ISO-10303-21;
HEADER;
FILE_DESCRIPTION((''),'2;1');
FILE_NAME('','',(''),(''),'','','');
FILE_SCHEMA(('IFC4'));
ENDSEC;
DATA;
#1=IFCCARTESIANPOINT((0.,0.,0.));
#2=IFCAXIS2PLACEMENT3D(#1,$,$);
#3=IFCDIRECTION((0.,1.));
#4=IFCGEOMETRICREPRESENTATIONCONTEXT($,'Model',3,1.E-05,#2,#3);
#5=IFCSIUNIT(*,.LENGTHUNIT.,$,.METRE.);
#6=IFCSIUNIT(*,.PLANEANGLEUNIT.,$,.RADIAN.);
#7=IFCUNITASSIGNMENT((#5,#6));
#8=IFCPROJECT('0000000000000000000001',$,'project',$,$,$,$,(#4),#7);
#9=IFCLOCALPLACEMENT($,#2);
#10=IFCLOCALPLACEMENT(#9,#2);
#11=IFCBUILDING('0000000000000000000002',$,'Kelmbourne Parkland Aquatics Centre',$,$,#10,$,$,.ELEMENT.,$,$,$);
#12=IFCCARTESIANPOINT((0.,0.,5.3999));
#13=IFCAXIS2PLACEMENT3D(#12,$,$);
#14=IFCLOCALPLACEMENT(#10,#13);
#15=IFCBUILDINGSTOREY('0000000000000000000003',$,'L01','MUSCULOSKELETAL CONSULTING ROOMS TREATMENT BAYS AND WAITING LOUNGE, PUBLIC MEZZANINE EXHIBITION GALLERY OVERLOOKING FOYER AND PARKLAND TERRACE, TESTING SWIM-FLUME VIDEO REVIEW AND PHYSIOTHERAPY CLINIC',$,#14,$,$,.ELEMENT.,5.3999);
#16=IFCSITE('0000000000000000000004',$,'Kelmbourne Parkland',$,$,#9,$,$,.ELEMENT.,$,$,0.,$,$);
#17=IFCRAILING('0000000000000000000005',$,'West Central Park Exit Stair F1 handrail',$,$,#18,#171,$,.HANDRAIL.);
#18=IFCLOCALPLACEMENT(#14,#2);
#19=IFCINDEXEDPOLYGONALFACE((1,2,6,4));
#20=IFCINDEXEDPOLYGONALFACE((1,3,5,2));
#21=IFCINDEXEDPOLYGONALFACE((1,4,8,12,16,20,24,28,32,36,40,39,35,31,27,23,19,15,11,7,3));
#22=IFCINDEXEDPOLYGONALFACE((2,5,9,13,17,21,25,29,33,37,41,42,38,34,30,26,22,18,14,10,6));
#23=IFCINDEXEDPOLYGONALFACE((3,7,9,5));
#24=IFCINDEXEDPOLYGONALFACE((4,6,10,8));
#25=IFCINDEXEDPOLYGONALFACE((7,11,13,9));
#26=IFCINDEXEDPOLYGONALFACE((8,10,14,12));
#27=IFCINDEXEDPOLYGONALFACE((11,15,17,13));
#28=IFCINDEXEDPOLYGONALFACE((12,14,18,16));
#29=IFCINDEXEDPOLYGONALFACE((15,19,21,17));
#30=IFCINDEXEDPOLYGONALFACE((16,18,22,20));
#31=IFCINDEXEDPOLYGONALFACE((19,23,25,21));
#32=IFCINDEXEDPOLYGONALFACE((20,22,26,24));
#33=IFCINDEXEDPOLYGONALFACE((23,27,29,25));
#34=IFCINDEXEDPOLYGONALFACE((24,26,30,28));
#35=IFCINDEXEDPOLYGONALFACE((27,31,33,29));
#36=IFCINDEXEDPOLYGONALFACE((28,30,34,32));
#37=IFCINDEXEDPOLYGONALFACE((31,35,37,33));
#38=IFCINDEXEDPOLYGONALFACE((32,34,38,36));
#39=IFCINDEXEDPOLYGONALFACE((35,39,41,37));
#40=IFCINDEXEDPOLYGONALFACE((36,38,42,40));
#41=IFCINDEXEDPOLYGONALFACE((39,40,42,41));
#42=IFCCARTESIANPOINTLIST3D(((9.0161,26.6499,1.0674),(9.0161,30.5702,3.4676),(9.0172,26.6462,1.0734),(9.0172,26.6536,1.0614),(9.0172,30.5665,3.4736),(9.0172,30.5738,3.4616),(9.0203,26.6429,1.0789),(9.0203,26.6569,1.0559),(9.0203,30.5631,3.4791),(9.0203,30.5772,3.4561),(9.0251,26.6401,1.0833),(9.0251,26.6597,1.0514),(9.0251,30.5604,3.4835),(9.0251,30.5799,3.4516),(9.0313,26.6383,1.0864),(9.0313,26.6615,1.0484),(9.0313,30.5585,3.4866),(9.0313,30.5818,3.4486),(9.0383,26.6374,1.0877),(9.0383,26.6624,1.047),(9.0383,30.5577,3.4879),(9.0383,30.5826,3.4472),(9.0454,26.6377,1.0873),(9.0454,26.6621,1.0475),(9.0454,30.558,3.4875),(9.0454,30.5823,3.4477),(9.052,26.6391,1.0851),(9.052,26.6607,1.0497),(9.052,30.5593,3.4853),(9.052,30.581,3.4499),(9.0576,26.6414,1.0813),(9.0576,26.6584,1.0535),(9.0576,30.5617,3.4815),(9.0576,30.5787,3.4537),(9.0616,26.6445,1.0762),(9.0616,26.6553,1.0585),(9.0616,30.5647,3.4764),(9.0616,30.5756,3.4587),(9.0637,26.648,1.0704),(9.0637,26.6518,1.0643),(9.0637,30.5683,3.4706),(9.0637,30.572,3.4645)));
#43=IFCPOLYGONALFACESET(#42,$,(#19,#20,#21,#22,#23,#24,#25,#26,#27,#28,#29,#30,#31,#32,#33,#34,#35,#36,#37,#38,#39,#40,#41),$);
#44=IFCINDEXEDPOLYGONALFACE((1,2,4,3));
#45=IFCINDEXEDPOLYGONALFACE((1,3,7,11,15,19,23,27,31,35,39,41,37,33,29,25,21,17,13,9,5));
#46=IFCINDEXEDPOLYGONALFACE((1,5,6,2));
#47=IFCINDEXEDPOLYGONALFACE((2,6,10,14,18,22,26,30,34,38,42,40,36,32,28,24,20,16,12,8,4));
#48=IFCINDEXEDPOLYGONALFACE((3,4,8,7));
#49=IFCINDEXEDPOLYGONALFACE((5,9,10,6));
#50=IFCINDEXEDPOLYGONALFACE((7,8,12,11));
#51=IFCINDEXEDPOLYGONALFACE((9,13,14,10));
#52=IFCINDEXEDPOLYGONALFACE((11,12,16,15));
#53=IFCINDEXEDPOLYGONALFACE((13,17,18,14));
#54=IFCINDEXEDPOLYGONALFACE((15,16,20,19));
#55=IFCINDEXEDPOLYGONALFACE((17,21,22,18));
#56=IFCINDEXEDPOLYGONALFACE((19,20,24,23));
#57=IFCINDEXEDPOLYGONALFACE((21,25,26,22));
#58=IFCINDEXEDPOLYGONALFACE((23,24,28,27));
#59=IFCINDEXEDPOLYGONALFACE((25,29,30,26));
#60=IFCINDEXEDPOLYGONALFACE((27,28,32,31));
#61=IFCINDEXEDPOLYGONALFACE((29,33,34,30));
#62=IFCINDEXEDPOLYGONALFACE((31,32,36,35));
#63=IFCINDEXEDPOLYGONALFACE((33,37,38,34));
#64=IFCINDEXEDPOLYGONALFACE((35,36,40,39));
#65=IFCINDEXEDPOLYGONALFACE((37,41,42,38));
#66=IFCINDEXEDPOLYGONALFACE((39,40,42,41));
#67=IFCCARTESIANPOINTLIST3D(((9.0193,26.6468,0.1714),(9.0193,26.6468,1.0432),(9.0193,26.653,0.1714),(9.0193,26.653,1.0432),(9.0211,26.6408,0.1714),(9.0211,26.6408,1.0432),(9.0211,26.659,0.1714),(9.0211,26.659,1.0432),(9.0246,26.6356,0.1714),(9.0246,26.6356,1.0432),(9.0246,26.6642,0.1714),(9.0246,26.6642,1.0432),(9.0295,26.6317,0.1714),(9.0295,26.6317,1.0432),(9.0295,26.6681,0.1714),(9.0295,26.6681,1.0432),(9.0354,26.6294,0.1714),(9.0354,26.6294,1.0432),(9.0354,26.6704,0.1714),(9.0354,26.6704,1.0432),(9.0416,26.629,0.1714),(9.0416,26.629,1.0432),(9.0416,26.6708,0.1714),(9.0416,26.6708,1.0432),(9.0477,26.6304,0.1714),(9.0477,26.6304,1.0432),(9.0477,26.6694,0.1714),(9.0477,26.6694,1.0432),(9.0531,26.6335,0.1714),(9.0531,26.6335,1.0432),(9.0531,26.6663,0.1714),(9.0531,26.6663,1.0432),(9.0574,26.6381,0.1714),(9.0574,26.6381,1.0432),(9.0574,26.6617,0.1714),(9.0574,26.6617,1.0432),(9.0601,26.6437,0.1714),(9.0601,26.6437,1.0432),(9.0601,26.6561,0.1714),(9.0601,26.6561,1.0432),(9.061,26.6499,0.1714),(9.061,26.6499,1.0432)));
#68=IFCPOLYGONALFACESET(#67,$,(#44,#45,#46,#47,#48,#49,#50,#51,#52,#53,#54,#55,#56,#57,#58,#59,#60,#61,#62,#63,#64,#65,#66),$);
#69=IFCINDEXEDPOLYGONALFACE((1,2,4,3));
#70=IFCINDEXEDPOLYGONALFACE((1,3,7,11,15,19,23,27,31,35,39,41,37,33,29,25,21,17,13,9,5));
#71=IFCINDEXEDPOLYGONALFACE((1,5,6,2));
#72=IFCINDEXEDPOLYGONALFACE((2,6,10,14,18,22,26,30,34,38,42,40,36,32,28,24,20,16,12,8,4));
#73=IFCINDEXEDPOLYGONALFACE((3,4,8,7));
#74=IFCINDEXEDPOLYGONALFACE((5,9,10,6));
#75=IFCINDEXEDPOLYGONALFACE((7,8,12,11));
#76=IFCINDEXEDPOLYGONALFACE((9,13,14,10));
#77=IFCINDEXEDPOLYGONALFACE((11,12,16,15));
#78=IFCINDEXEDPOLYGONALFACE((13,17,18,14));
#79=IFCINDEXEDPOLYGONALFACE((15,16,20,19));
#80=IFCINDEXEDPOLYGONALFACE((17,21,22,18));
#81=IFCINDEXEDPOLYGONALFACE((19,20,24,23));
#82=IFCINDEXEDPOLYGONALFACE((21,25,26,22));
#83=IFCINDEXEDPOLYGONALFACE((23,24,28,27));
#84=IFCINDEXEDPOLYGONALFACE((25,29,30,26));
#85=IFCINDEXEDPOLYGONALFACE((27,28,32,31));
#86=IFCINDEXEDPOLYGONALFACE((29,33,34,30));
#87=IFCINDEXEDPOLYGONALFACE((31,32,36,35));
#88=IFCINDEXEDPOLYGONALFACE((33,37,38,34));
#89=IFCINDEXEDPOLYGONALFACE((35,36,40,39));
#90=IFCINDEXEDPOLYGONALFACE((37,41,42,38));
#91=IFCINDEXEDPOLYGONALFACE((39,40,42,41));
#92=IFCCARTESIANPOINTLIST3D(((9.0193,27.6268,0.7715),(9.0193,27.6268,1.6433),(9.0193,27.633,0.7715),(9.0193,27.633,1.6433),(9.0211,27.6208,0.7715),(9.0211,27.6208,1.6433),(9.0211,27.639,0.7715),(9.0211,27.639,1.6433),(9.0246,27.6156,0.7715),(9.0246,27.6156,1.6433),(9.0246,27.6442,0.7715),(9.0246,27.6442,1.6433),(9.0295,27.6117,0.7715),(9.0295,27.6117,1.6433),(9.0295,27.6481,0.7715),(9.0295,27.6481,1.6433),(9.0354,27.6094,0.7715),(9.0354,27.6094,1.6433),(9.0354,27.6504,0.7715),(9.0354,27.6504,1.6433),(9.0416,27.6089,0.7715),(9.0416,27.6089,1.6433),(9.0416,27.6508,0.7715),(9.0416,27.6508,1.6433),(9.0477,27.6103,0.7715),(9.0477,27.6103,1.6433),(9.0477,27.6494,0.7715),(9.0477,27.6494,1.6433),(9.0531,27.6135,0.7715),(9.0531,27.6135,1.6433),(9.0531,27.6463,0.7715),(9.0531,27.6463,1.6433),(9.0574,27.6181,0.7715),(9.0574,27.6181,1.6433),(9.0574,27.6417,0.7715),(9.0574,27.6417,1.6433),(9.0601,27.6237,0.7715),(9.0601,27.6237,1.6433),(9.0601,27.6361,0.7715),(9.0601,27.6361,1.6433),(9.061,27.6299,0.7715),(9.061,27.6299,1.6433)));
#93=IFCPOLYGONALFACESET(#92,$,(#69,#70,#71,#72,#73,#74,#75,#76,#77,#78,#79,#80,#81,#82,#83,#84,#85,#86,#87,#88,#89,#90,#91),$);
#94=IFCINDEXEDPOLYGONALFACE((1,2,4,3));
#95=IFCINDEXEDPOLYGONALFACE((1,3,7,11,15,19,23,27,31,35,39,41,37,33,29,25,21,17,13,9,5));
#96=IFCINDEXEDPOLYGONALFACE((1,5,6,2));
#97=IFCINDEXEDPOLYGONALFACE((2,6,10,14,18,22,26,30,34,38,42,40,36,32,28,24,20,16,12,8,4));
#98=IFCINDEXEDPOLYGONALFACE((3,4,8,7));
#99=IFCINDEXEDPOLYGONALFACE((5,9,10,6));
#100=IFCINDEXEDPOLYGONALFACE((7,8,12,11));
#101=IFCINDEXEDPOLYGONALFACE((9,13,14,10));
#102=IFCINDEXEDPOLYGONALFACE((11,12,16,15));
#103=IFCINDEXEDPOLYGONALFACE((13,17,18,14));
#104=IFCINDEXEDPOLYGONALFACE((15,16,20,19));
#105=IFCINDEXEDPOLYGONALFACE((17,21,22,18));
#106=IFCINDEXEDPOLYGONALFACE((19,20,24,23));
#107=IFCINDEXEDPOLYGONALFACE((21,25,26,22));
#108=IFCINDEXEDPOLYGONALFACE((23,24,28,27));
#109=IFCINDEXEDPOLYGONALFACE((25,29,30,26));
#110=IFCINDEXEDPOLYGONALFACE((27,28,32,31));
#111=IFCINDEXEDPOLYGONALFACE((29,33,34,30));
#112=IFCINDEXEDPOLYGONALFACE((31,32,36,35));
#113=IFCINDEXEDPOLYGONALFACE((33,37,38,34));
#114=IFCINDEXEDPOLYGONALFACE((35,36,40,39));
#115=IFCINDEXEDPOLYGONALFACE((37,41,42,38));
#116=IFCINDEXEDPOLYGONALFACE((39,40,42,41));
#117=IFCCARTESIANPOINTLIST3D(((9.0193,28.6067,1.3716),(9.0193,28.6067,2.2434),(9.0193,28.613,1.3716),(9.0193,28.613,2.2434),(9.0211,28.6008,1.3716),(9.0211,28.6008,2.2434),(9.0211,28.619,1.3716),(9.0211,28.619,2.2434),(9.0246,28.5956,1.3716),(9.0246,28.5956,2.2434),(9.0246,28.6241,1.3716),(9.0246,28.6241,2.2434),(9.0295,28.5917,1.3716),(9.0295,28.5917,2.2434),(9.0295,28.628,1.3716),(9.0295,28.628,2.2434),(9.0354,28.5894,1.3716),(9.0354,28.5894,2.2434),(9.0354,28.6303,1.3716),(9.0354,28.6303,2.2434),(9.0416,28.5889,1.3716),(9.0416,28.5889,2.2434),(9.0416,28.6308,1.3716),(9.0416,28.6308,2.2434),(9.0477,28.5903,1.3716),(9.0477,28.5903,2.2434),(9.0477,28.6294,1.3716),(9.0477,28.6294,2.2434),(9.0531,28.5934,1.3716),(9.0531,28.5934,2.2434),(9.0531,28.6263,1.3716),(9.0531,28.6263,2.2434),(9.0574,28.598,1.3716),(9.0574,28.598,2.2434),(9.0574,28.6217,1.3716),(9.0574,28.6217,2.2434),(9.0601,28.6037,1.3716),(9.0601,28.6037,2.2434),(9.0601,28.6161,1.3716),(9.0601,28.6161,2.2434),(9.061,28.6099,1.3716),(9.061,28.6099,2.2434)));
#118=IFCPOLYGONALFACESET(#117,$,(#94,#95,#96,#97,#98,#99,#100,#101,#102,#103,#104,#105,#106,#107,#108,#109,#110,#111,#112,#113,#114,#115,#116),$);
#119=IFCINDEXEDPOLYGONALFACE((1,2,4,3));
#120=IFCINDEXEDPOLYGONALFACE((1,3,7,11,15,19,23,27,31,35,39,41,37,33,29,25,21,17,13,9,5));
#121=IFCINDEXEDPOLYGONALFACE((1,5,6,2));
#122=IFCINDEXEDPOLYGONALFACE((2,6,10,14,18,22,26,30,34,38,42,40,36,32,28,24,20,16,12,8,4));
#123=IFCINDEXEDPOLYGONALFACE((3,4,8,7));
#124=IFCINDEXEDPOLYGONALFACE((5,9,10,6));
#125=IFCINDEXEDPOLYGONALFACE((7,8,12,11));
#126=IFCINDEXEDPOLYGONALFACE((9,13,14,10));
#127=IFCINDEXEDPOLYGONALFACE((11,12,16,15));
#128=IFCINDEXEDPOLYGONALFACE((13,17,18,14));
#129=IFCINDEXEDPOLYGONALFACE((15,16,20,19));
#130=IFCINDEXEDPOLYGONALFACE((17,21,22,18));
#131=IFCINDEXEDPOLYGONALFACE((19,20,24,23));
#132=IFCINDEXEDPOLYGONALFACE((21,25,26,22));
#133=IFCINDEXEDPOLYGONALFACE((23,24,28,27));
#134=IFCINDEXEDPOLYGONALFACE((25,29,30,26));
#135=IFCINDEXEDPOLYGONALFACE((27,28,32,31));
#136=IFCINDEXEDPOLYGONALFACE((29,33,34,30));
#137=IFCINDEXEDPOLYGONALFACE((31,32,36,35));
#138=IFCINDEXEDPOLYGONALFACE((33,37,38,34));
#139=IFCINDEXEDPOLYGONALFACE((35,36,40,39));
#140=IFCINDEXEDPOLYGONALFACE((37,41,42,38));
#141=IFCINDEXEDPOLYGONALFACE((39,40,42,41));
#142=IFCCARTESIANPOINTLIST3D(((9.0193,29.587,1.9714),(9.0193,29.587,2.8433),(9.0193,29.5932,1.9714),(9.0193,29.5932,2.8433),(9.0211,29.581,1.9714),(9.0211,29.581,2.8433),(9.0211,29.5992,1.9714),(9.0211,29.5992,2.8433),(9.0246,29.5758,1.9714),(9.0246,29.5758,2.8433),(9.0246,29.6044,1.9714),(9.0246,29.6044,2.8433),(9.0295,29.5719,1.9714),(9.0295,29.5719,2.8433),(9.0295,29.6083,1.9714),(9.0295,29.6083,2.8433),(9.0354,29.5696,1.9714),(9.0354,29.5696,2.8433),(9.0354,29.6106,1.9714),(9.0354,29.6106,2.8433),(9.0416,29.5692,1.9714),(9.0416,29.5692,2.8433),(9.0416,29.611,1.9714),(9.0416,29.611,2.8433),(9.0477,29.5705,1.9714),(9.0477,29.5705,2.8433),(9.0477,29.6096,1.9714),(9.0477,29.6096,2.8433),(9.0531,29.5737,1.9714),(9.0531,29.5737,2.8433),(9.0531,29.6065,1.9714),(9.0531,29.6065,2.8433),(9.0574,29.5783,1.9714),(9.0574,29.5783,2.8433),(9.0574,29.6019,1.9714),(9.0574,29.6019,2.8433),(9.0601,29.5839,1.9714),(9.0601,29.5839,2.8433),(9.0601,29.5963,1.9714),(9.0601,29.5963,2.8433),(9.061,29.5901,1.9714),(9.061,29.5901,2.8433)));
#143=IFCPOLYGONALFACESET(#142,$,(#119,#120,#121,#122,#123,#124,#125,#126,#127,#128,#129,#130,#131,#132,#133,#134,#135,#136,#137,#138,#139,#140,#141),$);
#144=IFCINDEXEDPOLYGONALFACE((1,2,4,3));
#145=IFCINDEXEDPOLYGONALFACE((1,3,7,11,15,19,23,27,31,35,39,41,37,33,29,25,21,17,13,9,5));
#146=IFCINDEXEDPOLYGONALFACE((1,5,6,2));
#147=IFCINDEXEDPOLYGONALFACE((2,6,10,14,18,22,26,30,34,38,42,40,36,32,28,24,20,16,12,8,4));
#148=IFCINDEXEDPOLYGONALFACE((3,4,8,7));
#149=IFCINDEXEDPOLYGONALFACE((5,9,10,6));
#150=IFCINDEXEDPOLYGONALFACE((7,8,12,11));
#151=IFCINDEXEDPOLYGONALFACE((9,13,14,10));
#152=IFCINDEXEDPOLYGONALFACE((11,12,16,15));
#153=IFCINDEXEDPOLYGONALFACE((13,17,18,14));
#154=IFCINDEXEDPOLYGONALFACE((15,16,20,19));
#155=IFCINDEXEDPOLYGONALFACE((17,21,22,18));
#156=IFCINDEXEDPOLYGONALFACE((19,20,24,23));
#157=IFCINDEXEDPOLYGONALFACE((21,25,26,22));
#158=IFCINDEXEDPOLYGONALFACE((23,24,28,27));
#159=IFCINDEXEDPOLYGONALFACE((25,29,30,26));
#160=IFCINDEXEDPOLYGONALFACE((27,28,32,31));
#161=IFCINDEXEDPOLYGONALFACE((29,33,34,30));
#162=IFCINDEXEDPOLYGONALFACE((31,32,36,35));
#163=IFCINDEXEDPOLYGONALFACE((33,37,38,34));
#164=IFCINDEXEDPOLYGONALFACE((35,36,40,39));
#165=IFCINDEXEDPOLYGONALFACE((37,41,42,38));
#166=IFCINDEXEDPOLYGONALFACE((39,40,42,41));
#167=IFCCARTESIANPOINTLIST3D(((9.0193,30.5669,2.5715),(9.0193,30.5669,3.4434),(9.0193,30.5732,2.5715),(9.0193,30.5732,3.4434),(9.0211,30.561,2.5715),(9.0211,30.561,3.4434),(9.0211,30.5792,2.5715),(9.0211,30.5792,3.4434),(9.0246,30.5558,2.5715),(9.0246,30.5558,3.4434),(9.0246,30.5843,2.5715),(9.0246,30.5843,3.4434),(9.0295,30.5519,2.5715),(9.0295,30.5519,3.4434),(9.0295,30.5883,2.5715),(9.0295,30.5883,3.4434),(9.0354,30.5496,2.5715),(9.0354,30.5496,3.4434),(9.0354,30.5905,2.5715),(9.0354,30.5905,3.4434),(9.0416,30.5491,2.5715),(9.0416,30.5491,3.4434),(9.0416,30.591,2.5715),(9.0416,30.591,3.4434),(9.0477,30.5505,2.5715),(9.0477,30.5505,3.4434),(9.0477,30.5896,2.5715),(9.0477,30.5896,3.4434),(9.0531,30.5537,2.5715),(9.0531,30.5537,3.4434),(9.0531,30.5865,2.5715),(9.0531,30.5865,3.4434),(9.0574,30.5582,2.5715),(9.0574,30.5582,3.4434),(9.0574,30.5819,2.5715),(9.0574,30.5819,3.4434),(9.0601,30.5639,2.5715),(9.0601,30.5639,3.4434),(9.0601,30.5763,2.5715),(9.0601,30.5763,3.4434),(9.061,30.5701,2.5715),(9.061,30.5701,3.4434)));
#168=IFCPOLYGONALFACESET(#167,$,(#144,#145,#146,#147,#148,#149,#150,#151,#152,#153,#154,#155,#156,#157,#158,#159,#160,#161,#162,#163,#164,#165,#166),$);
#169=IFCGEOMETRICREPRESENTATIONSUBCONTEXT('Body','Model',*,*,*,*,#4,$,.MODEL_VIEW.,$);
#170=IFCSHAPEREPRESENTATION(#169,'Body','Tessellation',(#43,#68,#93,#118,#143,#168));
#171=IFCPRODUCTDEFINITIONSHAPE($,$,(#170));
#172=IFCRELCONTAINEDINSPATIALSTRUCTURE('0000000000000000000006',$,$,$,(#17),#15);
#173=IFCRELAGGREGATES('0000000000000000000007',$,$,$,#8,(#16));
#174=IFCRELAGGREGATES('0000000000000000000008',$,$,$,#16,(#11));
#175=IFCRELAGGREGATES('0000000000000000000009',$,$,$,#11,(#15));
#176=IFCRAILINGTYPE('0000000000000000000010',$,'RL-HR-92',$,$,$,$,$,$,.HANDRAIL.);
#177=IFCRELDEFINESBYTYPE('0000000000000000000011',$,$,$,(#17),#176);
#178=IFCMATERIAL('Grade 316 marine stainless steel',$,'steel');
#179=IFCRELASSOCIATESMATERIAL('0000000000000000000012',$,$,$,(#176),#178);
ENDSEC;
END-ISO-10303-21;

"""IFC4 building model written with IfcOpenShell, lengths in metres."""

from ifc_helpers import new_model, si_unit, direction, frame, origin, origin_2d, place, context, subcontext, project, spatial, circle, extrude, material, type_object, element, save


model = new_model("IFC4")

# Units and contexts
model_context = context("Model", 3, precision=1e-05, world=origin(), true_north=direction((0.0, 1.0)))
body_context = subcontext(model_context, "Body", "Model", "MODEL_VIEW")
ifc_project = project(units=[si_unit("LENGTHUNIT", "METRE"), si_unit("PLANEANGLEUNIT", "RADIAN")], contexts=[model_context])

# Site, building, storey
site_placement = place(None, origin())
site = spatial("IfcSite", under=ifc_project, at=site_placement, Name="Kelmbourne Parkland", CompositionType="ELEMENT", RefElevation=0.0)
building_placement = place(site_placement, origin())
building = spatial("IfcBuilding", under=site, at=building_placement, Name="Kelmbourne Parkland Aquatics Centre", CompositionType="ELEMENT")
storey_placement = place(building_placement, frame((0.0, 0.0, 5.3999)))
storey = spatial("IfcBuildingStorey", under=building, at=storey_placement, Name="L01", Description="MUSCULOSKELETAL CONSULTING ROOMS TREATMENT BAYS AND WAITING LOUNGE, PUBLIC MEZZANINE EXHIBITION GALLERY OVERLOOKING FOYER AND PARKLAND TERRACE, TESTING SWIM-FLUME VIDEO REVIEW AND PHYSIOTHERAPY CLINIC", CompositionType="ELEMENT", Elevation=5.3999)

# Railing
ifc_material_1 = material(Name="Grade 316 marine stainless steel", Category="steel")
railing_type_1 = type_object("IfcRailingType", Name="RL-HR-92", PredefinedType="HANDRAIL", material=ifc_material_1)
railing_1_placement = place(storey_placement, frame((9.04, 26.6499, 0.1714)))
element("IfcRailing", 1, at=railing_1_placement, inside=storey, type_object=railing_type_1, Name="West Central Park Exit Stair F1 handrail", PredefinedType="HANDRAIL", context=body_context, shape_type="SweptSolid", body=[
    extrude(circle(Radius=0.0239, at=origin_2d()), frame((0.0, 0.0, 0.896), z_axis=(0.0, 0.852847, 0.522161), x_axis=(-1.0, 0.0, 0.0)), (0.0, 0.0, 1.0), 4.5967),
    extrude(circle(Radius=0.021, at=origin_2d()), origin(), (0.0, 0.0, 1.0), 0.8718),
    extrude(circle(Radius=0.021, at=origin_2d()), frame((0.0, 0.98, 0.6001)), (0.0, 0.0, 1.0), 0.8718),
    extrude(circle(Radius=0.021, at=origin_2d()), frame((0.0, 1.96, 1.2002)), (0.0, 0.0, 1.0), 0.8718),
    extrude(circle(Radius=0.021, at=origin_2d()), frame((0.0, 2.9402, 1.8)), (0.0, 0.0, 1.0), 0.8718),
    extrude(circle(Radius=0.021, at=origin_2d()), frame((0.0, 3.9202, 2.4001)), (0.0, 0.0, 1.0), 0.8718),
])

save(model, "model.ifc")
